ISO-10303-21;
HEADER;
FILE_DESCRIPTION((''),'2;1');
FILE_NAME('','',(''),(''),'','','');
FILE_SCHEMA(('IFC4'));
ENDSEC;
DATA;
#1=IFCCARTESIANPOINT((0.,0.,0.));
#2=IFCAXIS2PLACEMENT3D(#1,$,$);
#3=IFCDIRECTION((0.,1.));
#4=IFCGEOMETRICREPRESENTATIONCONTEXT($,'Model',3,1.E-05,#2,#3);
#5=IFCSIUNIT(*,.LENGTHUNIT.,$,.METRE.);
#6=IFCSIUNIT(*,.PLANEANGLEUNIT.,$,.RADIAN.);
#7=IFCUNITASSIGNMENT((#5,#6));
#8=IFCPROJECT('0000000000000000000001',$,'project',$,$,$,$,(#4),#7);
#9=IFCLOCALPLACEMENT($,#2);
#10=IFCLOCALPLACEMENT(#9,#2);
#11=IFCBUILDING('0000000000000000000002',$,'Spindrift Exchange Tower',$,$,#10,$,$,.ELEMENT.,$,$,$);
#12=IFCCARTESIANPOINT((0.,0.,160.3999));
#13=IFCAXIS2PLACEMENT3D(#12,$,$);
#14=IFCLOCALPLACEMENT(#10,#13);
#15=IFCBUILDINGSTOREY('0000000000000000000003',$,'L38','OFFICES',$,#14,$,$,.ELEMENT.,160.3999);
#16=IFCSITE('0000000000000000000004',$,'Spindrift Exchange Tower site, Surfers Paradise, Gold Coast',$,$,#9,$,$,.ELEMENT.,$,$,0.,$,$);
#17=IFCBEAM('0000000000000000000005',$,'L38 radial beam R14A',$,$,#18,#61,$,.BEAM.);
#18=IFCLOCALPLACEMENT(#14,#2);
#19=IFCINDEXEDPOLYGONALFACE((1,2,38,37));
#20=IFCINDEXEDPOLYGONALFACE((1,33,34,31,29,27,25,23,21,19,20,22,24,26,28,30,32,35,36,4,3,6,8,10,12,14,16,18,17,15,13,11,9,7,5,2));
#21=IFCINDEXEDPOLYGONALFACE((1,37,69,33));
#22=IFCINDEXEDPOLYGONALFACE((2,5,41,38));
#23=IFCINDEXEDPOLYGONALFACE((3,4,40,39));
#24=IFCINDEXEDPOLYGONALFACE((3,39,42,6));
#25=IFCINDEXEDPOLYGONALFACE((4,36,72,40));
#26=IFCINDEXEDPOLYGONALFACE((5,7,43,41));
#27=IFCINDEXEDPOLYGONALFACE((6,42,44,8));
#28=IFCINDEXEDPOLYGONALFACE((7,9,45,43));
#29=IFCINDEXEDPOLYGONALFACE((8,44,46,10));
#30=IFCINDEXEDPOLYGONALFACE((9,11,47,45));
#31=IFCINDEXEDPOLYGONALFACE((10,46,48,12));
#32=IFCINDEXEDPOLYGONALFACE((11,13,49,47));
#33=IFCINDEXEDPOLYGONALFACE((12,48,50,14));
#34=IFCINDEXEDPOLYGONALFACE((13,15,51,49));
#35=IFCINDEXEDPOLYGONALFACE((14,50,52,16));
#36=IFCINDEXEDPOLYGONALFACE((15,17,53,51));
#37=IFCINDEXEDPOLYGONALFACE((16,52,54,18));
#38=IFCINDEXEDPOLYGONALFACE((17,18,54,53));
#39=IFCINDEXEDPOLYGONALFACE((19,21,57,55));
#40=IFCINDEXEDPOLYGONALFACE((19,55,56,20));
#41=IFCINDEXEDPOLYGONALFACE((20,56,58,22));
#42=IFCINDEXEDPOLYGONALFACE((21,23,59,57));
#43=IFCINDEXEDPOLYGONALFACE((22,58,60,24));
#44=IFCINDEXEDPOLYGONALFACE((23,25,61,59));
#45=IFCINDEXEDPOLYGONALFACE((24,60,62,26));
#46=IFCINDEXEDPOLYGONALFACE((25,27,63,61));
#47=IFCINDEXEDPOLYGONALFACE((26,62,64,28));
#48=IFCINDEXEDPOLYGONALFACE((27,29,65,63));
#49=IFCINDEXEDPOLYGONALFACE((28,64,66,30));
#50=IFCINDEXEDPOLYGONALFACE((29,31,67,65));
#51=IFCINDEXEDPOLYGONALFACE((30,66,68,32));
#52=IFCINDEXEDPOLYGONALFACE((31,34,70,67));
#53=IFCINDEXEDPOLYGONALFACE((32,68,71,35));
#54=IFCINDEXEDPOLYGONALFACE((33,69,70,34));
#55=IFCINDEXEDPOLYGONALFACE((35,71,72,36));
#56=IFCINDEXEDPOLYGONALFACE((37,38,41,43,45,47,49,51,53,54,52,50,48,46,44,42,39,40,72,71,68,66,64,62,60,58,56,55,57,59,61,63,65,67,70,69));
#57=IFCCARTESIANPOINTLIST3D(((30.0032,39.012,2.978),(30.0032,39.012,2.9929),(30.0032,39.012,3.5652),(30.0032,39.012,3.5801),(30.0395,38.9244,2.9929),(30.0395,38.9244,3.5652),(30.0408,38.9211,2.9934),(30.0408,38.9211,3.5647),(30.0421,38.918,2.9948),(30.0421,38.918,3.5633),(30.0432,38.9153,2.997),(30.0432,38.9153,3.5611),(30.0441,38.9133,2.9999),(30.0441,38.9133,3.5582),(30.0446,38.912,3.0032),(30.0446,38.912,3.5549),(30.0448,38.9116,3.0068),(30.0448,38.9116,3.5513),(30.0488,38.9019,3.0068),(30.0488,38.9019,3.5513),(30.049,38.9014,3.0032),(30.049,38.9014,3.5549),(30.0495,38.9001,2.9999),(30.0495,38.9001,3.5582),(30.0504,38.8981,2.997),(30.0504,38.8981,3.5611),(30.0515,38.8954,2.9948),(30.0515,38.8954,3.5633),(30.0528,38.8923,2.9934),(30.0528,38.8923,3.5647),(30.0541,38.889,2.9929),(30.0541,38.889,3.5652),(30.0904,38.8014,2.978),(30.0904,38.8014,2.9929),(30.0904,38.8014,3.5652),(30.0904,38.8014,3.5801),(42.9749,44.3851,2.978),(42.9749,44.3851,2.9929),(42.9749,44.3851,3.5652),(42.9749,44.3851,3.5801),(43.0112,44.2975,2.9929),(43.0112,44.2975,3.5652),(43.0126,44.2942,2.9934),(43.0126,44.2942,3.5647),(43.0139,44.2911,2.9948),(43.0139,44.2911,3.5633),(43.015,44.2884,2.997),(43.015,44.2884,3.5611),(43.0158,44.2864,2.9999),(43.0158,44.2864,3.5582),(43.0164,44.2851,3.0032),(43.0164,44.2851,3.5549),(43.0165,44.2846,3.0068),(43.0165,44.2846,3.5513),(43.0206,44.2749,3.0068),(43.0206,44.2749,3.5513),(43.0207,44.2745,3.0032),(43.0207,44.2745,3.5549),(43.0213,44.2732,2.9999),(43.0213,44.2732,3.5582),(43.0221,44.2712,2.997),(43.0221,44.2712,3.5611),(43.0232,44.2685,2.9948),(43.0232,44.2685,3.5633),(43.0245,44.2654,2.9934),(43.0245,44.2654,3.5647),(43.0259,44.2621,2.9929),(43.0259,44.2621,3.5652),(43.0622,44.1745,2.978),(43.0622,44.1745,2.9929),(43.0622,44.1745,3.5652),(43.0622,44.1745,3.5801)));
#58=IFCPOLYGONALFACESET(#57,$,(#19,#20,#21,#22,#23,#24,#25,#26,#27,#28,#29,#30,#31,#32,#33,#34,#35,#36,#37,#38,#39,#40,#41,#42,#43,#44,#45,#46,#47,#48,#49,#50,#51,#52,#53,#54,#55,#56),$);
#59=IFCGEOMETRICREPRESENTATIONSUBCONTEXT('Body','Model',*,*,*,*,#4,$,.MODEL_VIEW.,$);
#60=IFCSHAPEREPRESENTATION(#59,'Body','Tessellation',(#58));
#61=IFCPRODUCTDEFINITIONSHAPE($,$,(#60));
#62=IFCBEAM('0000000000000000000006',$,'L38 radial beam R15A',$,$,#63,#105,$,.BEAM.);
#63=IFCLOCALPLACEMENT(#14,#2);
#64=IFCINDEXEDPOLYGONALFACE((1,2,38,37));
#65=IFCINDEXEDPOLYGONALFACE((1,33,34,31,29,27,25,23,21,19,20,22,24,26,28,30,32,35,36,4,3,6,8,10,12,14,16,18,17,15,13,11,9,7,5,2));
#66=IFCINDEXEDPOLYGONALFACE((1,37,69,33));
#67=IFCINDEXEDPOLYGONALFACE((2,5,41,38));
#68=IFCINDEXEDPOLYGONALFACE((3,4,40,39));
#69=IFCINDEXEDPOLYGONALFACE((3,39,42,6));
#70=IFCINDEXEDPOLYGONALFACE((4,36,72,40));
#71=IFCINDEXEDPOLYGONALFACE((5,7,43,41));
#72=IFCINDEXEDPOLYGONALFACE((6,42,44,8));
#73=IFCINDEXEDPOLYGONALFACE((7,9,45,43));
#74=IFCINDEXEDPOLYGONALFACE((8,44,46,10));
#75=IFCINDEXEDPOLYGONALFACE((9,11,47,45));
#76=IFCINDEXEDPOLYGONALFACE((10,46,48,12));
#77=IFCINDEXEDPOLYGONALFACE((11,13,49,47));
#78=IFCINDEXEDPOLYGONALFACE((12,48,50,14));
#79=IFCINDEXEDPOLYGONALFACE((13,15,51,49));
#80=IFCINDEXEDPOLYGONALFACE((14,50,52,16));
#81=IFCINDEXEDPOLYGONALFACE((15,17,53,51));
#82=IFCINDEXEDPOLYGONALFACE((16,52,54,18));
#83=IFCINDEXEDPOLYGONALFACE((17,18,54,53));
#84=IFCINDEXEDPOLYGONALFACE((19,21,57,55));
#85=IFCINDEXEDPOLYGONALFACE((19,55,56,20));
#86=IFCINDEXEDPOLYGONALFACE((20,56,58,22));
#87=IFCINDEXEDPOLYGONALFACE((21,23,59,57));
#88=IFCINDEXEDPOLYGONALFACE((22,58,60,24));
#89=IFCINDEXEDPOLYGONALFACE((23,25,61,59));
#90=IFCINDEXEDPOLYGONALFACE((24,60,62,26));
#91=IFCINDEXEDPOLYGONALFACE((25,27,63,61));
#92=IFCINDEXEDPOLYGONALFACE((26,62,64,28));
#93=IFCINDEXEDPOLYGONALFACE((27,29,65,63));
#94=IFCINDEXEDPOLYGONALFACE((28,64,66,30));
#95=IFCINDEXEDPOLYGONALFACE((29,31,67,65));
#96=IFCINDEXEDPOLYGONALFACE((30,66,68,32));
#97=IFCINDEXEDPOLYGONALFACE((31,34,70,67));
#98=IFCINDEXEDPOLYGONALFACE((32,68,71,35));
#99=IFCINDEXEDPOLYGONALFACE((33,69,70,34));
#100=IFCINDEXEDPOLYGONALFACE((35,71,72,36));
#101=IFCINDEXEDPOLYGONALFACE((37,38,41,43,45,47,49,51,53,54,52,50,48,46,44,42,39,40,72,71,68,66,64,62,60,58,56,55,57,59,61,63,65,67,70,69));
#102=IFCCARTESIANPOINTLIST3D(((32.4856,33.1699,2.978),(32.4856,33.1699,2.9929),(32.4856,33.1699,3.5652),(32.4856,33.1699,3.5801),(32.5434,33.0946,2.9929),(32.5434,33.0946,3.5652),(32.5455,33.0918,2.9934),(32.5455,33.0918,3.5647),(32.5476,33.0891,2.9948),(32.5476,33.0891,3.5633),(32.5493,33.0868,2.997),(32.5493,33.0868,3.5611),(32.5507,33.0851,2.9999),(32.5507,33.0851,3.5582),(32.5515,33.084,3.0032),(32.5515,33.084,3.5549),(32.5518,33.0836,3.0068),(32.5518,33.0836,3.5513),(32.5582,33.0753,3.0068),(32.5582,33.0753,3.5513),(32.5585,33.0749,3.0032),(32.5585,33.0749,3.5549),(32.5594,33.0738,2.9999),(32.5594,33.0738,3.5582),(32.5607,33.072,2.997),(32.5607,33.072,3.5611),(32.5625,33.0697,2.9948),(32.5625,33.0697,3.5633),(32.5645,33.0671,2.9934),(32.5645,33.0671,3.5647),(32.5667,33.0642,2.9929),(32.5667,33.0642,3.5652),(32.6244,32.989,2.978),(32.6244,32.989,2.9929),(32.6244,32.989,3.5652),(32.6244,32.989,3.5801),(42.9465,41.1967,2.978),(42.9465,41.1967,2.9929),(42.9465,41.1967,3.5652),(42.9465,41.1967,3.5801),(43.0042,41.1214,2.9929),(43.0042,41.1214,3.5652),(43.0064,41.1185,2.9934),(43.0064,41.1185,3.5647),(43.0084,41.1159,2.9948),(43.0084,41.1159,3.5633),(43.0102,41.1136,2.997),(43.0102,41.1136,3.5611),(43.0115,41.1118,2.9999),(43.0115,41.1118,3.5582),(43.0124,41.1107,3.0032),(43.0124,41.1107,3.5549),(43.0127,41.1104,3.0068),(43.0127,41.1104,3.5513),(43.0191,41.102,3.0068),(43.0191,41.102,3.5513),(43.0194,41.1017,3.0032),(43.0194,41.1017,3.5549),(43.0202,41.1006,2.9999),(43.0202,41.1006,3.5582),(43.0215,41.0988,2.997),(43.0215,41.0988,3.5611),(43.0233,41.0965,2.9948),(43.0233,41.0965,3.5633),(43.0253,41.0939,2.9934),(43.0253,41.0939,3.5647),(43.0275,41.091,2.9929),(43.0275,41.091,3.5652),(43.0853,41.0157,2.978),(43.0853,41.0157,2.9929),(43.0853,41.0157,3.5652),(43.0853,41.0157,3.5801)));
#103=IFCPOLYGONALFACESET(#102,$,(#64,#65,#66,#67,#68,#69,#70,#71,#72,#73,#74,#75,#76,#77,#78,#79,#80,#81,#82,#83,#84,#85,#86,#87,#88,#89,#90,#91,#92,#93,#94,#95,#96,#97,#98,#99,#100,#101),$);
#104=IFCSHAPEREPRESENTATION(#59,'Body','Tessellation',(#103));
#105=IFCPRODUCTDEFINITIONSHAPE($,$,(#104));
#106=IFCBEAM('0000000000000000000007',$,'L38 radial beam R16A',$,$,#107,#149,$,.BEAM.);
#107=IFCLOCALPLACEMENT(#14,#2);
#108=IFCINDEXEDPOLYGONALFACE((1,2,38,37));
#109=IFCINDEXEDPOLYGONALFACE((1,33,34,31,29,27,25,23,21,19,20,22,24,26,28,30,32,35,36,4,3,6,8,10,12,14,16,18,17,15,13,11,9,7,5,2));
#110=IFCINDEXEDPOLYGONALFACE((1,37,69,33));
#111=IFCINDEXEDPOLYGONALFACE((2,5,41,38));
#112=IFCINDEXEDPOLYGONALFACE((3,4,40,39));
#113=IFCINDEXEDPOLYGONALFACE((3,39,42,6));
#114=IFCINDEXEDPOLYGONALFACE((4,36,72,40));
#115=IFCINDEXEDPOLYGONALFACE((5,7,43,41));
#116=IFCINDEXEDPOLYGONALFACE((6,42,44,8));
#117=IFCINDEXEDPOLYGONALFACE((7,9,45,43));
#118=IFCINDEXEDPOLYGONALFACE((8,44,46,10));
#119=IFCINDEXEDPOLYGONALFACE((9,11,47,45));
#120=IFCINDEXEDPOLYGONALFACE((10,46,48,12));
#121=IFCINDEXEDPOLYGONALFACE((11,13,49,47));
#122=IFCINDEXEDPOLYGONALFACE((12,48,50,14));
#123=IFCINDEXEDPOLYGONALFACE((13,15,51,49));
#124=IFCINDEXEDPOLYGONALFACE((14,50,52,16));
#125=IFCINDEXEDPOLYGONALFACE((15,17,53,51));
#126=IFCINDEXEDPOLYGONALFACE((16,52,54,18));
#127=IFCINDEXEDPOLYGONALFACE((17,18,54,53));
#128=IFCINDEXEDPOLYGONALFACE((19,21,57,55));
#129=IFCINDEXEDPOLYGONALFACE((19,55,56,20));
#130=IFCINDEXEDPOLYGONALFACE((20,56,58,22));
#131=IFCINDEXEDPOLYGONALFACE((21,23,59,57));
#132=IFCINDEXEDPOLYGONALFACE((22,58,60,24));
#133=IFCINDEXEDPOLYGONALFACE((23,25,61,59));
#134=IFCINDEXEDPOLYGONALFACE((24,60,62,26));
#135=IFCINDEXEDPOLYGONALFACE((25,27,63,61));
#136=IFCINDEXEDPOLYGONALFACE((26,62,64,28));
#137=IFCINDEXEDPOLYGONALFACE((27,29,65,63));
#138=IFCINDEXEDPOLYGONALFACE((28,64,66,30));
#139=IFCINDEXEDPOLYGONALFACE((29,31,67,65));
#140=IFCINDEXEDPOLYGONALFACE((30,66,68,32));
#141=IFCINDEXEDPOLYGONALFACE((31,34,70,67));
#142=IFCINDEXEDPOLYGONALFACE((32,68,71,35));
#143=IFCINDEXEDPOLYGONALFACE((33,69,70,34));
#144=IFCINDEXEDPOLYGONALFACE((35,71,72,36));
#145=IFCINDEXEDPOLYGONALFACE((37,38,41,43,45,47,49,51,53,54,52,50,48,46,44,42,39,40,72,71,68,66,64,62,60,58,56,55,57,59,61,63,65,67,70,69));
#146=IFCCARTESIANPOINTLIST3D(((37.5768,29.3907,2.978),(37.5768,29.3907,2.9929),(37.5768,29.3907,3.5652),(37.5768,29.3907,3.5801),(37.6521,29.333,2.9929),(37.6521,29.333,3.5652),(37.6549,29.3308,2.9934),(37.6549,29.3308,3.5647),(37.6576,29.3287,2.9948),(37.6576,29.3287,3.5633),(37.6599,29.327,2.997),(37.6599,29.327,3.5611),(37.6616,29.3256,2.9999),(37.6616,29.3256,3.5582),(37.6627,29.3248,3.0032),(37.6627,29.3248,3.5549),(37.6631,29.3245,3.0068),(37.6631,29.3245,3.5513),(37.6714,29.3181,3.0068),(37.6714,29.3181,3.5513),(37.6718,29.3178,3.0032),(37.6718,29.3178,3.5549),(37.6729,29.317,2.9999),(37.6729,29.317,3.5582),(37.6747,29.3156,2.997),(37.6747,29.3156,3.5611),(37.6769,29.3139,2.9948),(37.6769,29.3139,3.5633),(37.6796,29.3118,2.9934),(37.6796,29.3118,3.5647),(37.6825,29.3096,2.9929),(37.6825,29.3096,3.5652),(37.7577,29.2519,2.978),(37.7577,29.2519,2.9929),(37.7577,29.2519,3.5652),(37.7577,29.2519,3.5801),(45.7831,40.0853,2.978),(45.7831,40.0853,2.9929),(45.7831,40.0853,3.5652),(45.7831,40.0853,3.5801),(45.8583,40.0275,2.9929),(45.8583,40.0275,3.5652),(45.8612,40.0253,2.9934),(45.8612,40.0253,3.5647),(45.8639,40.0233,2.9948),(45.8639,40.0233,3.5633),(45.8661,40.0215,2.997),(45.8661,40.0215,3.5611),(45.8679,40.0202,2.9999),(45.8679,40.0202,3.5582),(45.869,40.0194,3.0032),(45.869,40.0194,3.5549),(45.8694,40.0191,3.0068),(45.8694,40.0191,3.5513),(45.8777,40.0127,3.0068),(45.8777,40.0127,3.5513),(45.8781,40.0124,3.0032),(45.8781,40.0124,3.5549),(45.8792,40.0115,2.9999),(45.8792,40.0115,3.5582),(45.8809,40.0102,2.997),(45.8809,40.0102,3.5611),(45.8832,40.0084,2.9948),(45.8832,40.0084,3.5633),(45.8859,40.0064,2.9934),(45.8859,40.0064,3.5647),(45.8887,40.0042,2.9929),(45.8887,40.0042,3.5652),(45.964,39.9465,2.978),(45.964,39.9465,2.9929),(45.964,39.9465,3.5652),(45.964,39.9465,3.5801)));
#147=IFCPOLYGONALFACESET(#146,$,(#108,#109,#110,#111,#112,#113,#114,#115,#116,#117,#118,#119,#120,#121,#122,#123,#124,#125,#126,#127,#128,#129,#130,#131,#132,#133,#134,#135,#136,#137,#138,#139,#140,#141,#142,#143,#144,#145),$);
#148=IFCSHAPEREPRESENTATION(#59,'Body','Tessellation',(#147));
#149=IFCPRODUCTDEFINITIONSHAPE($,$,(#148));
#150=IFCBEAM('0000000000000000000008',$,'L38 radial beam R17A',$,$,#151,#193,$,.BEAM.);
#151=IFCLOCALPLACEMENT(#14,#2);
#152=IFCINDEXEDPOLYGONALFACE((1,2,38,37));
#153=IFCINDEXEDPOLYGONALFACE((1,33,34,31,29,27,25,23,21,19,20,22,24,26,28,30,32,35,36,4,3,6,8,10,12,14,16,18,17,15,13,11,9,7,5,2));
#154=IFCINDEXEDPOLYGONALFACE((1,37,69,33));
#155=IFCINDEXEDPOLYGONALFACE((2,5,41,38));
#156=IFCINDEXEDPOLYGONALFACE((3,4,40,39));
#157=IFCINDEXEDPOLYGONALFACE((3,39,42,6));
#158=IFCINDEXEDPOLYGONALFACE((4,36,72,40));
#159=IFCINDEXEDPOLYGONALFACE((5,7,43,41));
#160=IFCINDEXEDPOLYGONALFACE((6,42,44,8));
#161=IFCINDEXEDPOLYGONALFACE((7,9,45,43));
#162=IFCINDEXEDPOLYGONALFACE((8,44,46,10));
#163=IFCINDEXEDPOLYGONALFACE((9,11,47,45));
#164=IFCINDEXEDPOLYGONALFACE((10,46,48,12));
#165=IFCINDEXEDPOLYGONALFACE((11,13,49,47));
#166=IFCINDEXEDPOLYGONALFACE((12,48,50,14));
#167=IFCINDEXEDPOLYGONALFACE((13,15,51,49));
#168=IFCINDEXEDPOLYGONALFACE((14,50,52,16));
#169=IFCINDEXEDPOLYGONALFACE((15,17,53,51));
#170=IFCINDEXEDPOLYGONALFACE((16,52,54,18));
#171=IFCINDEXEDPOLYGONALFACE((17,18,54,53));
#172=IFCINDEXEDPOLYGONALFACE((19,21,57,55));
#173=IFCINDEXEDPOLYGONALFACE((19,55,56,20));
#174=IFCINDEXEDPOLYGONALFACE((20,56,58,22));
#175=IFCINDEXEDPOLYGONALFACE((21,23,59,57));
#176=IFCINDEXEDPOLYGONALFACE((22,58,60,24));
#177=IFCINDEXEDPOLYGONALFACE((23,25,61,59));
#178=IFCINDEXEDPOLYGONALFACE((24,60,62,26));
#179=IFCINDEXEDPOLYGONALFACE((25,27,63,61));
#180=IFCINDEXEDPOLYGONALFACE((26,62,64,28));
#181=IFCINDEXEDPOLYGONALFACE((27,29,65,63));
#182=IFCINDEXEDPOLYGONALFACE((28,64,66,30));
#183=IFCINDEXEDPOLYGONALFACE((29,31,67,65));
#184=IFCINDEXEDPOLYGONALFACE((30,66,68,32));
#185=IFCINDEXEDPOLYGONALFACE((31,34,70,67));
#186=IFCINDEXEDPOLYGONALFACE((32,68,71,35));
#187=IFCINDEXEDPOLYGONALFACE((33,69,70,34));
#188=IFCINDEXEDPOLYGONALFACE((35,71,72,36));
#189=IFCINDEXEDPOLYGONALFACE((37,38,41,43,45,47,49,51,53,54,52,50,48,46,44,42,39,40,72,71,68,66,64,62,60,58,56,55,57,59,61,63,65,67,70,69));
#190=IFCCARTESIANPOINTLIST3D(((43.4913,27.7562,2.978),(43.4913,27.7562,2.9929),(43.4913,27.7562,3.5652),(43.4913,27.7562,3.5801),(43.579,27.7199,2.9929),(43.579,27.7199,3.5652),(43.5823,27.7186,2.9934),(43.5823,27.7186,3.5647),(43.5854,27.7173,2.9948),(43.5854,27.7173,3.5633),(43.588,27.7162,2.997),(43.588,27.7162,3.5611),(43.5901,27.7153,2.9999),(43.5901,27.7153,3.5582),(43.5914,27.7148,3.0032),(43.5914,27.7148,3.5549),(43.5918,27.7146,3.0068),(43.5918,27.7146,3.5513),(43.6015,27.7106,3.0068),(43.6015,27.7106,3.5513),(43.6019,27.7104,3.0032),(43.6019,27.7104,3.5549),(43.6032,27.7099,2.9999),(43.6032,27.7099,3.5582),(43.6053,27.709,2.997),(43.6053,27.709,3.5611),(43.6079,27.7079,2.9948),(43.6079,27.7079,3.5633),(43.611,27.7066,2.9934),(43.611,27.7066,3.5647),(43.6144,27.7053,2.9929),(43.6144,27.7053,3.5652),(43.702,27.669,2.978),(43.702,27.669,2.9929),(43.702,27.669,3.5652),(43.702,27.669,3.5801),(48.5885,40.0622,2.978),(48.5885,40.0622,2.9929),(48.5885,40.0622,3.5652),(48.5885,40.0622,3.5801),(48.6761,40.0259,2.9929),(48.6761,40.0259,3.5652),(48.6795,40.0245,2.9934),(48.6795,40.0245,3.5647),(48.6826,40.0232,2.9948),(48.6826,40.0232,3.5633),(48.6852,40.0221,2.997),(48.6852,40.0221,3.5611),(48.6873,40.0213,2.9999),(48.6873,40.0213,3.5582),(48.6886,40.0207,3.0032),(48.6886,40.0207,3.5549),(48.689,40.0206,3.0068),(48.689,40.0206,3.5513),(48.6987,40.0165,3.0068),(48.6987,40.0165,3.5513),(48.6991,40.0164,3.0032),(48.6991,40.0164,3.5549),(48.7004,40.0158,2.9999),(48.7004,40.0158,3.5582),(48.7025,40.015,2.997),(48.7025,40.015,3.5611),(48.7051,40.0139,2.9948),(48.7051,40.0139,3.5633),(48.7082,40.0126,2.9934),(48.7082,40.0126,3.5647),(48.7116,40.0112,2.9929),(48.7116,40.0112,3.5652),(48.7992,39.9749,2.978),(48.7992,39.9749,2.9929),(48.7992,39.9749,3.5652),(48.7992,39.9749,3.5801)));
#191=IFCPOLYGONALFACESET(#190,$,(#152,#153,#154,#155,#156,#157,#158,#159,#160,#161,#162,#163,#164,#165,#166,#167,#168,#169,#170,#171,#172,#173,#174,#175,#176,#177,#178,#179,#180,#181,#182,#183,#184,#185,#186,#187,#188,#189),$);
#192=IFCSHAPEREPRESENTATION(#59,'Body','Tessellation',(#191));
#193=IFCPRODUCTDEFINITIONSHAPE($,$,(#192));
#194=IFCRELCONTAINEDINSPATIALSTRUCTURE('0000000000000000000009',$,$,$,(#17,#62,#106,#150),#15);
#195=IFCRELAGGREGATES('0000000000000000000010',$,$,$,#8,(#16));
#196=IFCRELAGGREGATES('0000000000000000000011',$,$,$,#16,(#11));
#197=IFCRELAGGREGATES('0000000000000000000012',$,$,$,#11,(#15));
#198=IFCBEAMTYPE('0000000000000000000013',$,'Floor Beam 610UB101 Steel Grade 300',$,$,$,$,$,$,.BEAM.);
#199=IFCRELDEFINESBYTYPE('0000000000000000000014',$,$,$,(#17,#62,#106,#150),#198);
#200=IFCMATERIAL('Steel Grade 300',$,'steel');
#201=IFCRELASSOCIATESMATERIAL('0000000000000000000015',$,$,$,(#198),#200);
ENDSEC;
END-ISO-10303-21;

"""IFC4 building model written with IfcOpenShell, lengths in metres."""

from ifc_helpers import new_model, si_unit, direction, frame, origin, origin_2d, place, context, subcontext, project, spatial, i_section, extrude, source, transform, mapped, material, material_profile, profile_set, type_object, element, save


model = new_model("IFC4")

# Units and contexts
model_context = context("Model", 3, precision=1e-05, world=origin(), true_north=direction((0.0, 1.0)))
body_context = subcontext(model_context, "Body", "Model", "MODEL_VIEW")
ifc_project = project(units=[si_unit("LENGTHUNIT", "METRE"), si_unit("PLANEANGLEUNIT", "RADIAN")], contexts=[model_context])

# Site, building, storey
site_placement = place(None, origin())
site = spatial("IfcSite", under=ifc_project, at=site_placement, Name="Spindrift Exchange Tower site, Surfers Paradise, Gold Coast", CompositionType="ELEMENT", RefElevation=0.0)
building_placement = place(site_placement, origin())
building = spatial("IfcBuilding", under=site, at=building_placement, Name="Spindrift Exchange Tower", CompositionType="ELEMENT")
storey_placement = place(building_placement, frame((0.0, 0.0, 160.3999)))
storey = spatial("IfcBuildingStorey", under=building, at=storey_placement, Name="L38", Description="OFFICES", CompositionType="ELEMENT", Elevation=160.3999)

# Beams
ifc_material_1 = material(Name="Steel Grade 300", Category="steel")
ifc_material_profile = material_profile(ifc_material_1, i_section(OverallWidth=0.228, OverallDepth=0.6021, WebThickness=0.0105, FlangeThickness=0.0149, FilletRadius=0.0139, at=origin_2d()), Name="610UB101")
ifc_profile_set = profile_set([ifc_material_profile], Name="Steel Grade 300")
beam_type = type_object("IfcBeamType", Name="Floor Beam 610UB101 Steel Grade 300", PredefinedType="BEAM", material=ifc_profile_set)
shared_shape_1 = source(origin(), body_context, "Body", "SweptSolid", [
    extrude(i_section(OverallWidth=0.228, OverallDepth=0.6021, WebThickness=0.0105, FlangeThickness=0.0149, FilletRadius=0.0139, at=origin_2d()), origin(), (0.0, 0.0, 1.0), 14.0405),
])
beam_1_placement = place(storey_placement, frame((43.0186, 44.2798, 3.2791), z_axis=(-0.92388, -0.382684, 0.0), x_axis=(0.382684, -0.92388, 0.0)))
element("IfcBeam", 1, at=beam_1_placement, inside=storey, type_object=beam_type, Name="L38 radial beam R14A", PredefinedType="BEAM", context=body_context, shape_type="MappedRepresentation", body=[
    mapped(shared_shape_1, transform((0.0, 0.0, 0.0), scale=1.0)),
])
shared_shape_2 = source(origin(), body_context, "Body", "SweptSolid", [
    extrude(i_section(OverallWidth=0.228, OverallDepth=0.6021, WebThickness=0.0105, FlangeThickness=0.0149, FilletRadius=0.0139, at=origin_2d()), origin(), (0.0, 0.0, 1.0), 13.1855),
])
beam_2_placement = place(storey_placement, frame((43.0159, 41.1062, 3.2791), z_axis=(-0.793357, -0.608756, 0.0), x_axis=(0.608756, -0.793357, 0.0)))
element("IfcBeam", 2, at=beam_2_placement, inside=storey, type_object=beam_type, Name="L38 radial beam R15A", PredefinedType="BEAM", context=body_context, shape_type="MappedRepresentation", body=[
    mapped(shared_shape_2, transform((0.0, 0.0, 0.0), scale=1.0)),
])
shared_shape_3 = source(origin(), body_context, "Body", "SweptSolid", [
    extrude(i_section(OverallWidth=0.228, OverallDepth=0.6021, WebThickness=0.0105, FlangeThickness=0.0149, FilletRadius=0.0139, at=origin_2d()), origin(), (0.0, 0.0, 1.0), 13.4802),
])
beam_3_placement = place(storey_placement, frame((45.8735, 40.0159, 3.2791), z_axis=(-0.608764, -0.793351, 0.0), x_axis=(0.793351, -0.608764, 0.0)))
element("IfcBeam", 3, at=beam_3_placement, inside=storey, type_object=beam_type, Name="L38 radial beam R16A", PredefinedType="BEAM", context=body_context, shape_type="MappedRepresentation", body=[
    mapped(shared_shape_3, transform((0.0, 0.0, 0.0), scale=1.0)),
])
shared_shape_4 = source(origin(), body_context, "Body", "SweptSolid", [
    extrude(i_section(OverallWidth=0.228, OverallDepth=0.6021, WebThickness=0.0105, FlangeThickness=0.0149, FilletRadius=0.0139, at=origin_2d()), origin(), (0.0, 0.0, 1.0), 13.3198),
])
beam_4_placement = place(storey_placement, frame((48.6938, 40.0186, 3.2791), z_axis=(-0.382677, -0.923882, 0.0), x_axis=(0.923882, -0.382677, 0.0)))
element("IfcBeam", 4, at=beam_4_placement, inside=storey, type_object=beam_type, Name="L38 radial beam R17A", PredefinedType="BEAM", context=body_context, shape_type="MappedRepresentation", body=[
    mapped(shared_shape_4, transform((0.0, 0.0, 0.0), scale=1.0)),
])

save(model, "model.ifc")
